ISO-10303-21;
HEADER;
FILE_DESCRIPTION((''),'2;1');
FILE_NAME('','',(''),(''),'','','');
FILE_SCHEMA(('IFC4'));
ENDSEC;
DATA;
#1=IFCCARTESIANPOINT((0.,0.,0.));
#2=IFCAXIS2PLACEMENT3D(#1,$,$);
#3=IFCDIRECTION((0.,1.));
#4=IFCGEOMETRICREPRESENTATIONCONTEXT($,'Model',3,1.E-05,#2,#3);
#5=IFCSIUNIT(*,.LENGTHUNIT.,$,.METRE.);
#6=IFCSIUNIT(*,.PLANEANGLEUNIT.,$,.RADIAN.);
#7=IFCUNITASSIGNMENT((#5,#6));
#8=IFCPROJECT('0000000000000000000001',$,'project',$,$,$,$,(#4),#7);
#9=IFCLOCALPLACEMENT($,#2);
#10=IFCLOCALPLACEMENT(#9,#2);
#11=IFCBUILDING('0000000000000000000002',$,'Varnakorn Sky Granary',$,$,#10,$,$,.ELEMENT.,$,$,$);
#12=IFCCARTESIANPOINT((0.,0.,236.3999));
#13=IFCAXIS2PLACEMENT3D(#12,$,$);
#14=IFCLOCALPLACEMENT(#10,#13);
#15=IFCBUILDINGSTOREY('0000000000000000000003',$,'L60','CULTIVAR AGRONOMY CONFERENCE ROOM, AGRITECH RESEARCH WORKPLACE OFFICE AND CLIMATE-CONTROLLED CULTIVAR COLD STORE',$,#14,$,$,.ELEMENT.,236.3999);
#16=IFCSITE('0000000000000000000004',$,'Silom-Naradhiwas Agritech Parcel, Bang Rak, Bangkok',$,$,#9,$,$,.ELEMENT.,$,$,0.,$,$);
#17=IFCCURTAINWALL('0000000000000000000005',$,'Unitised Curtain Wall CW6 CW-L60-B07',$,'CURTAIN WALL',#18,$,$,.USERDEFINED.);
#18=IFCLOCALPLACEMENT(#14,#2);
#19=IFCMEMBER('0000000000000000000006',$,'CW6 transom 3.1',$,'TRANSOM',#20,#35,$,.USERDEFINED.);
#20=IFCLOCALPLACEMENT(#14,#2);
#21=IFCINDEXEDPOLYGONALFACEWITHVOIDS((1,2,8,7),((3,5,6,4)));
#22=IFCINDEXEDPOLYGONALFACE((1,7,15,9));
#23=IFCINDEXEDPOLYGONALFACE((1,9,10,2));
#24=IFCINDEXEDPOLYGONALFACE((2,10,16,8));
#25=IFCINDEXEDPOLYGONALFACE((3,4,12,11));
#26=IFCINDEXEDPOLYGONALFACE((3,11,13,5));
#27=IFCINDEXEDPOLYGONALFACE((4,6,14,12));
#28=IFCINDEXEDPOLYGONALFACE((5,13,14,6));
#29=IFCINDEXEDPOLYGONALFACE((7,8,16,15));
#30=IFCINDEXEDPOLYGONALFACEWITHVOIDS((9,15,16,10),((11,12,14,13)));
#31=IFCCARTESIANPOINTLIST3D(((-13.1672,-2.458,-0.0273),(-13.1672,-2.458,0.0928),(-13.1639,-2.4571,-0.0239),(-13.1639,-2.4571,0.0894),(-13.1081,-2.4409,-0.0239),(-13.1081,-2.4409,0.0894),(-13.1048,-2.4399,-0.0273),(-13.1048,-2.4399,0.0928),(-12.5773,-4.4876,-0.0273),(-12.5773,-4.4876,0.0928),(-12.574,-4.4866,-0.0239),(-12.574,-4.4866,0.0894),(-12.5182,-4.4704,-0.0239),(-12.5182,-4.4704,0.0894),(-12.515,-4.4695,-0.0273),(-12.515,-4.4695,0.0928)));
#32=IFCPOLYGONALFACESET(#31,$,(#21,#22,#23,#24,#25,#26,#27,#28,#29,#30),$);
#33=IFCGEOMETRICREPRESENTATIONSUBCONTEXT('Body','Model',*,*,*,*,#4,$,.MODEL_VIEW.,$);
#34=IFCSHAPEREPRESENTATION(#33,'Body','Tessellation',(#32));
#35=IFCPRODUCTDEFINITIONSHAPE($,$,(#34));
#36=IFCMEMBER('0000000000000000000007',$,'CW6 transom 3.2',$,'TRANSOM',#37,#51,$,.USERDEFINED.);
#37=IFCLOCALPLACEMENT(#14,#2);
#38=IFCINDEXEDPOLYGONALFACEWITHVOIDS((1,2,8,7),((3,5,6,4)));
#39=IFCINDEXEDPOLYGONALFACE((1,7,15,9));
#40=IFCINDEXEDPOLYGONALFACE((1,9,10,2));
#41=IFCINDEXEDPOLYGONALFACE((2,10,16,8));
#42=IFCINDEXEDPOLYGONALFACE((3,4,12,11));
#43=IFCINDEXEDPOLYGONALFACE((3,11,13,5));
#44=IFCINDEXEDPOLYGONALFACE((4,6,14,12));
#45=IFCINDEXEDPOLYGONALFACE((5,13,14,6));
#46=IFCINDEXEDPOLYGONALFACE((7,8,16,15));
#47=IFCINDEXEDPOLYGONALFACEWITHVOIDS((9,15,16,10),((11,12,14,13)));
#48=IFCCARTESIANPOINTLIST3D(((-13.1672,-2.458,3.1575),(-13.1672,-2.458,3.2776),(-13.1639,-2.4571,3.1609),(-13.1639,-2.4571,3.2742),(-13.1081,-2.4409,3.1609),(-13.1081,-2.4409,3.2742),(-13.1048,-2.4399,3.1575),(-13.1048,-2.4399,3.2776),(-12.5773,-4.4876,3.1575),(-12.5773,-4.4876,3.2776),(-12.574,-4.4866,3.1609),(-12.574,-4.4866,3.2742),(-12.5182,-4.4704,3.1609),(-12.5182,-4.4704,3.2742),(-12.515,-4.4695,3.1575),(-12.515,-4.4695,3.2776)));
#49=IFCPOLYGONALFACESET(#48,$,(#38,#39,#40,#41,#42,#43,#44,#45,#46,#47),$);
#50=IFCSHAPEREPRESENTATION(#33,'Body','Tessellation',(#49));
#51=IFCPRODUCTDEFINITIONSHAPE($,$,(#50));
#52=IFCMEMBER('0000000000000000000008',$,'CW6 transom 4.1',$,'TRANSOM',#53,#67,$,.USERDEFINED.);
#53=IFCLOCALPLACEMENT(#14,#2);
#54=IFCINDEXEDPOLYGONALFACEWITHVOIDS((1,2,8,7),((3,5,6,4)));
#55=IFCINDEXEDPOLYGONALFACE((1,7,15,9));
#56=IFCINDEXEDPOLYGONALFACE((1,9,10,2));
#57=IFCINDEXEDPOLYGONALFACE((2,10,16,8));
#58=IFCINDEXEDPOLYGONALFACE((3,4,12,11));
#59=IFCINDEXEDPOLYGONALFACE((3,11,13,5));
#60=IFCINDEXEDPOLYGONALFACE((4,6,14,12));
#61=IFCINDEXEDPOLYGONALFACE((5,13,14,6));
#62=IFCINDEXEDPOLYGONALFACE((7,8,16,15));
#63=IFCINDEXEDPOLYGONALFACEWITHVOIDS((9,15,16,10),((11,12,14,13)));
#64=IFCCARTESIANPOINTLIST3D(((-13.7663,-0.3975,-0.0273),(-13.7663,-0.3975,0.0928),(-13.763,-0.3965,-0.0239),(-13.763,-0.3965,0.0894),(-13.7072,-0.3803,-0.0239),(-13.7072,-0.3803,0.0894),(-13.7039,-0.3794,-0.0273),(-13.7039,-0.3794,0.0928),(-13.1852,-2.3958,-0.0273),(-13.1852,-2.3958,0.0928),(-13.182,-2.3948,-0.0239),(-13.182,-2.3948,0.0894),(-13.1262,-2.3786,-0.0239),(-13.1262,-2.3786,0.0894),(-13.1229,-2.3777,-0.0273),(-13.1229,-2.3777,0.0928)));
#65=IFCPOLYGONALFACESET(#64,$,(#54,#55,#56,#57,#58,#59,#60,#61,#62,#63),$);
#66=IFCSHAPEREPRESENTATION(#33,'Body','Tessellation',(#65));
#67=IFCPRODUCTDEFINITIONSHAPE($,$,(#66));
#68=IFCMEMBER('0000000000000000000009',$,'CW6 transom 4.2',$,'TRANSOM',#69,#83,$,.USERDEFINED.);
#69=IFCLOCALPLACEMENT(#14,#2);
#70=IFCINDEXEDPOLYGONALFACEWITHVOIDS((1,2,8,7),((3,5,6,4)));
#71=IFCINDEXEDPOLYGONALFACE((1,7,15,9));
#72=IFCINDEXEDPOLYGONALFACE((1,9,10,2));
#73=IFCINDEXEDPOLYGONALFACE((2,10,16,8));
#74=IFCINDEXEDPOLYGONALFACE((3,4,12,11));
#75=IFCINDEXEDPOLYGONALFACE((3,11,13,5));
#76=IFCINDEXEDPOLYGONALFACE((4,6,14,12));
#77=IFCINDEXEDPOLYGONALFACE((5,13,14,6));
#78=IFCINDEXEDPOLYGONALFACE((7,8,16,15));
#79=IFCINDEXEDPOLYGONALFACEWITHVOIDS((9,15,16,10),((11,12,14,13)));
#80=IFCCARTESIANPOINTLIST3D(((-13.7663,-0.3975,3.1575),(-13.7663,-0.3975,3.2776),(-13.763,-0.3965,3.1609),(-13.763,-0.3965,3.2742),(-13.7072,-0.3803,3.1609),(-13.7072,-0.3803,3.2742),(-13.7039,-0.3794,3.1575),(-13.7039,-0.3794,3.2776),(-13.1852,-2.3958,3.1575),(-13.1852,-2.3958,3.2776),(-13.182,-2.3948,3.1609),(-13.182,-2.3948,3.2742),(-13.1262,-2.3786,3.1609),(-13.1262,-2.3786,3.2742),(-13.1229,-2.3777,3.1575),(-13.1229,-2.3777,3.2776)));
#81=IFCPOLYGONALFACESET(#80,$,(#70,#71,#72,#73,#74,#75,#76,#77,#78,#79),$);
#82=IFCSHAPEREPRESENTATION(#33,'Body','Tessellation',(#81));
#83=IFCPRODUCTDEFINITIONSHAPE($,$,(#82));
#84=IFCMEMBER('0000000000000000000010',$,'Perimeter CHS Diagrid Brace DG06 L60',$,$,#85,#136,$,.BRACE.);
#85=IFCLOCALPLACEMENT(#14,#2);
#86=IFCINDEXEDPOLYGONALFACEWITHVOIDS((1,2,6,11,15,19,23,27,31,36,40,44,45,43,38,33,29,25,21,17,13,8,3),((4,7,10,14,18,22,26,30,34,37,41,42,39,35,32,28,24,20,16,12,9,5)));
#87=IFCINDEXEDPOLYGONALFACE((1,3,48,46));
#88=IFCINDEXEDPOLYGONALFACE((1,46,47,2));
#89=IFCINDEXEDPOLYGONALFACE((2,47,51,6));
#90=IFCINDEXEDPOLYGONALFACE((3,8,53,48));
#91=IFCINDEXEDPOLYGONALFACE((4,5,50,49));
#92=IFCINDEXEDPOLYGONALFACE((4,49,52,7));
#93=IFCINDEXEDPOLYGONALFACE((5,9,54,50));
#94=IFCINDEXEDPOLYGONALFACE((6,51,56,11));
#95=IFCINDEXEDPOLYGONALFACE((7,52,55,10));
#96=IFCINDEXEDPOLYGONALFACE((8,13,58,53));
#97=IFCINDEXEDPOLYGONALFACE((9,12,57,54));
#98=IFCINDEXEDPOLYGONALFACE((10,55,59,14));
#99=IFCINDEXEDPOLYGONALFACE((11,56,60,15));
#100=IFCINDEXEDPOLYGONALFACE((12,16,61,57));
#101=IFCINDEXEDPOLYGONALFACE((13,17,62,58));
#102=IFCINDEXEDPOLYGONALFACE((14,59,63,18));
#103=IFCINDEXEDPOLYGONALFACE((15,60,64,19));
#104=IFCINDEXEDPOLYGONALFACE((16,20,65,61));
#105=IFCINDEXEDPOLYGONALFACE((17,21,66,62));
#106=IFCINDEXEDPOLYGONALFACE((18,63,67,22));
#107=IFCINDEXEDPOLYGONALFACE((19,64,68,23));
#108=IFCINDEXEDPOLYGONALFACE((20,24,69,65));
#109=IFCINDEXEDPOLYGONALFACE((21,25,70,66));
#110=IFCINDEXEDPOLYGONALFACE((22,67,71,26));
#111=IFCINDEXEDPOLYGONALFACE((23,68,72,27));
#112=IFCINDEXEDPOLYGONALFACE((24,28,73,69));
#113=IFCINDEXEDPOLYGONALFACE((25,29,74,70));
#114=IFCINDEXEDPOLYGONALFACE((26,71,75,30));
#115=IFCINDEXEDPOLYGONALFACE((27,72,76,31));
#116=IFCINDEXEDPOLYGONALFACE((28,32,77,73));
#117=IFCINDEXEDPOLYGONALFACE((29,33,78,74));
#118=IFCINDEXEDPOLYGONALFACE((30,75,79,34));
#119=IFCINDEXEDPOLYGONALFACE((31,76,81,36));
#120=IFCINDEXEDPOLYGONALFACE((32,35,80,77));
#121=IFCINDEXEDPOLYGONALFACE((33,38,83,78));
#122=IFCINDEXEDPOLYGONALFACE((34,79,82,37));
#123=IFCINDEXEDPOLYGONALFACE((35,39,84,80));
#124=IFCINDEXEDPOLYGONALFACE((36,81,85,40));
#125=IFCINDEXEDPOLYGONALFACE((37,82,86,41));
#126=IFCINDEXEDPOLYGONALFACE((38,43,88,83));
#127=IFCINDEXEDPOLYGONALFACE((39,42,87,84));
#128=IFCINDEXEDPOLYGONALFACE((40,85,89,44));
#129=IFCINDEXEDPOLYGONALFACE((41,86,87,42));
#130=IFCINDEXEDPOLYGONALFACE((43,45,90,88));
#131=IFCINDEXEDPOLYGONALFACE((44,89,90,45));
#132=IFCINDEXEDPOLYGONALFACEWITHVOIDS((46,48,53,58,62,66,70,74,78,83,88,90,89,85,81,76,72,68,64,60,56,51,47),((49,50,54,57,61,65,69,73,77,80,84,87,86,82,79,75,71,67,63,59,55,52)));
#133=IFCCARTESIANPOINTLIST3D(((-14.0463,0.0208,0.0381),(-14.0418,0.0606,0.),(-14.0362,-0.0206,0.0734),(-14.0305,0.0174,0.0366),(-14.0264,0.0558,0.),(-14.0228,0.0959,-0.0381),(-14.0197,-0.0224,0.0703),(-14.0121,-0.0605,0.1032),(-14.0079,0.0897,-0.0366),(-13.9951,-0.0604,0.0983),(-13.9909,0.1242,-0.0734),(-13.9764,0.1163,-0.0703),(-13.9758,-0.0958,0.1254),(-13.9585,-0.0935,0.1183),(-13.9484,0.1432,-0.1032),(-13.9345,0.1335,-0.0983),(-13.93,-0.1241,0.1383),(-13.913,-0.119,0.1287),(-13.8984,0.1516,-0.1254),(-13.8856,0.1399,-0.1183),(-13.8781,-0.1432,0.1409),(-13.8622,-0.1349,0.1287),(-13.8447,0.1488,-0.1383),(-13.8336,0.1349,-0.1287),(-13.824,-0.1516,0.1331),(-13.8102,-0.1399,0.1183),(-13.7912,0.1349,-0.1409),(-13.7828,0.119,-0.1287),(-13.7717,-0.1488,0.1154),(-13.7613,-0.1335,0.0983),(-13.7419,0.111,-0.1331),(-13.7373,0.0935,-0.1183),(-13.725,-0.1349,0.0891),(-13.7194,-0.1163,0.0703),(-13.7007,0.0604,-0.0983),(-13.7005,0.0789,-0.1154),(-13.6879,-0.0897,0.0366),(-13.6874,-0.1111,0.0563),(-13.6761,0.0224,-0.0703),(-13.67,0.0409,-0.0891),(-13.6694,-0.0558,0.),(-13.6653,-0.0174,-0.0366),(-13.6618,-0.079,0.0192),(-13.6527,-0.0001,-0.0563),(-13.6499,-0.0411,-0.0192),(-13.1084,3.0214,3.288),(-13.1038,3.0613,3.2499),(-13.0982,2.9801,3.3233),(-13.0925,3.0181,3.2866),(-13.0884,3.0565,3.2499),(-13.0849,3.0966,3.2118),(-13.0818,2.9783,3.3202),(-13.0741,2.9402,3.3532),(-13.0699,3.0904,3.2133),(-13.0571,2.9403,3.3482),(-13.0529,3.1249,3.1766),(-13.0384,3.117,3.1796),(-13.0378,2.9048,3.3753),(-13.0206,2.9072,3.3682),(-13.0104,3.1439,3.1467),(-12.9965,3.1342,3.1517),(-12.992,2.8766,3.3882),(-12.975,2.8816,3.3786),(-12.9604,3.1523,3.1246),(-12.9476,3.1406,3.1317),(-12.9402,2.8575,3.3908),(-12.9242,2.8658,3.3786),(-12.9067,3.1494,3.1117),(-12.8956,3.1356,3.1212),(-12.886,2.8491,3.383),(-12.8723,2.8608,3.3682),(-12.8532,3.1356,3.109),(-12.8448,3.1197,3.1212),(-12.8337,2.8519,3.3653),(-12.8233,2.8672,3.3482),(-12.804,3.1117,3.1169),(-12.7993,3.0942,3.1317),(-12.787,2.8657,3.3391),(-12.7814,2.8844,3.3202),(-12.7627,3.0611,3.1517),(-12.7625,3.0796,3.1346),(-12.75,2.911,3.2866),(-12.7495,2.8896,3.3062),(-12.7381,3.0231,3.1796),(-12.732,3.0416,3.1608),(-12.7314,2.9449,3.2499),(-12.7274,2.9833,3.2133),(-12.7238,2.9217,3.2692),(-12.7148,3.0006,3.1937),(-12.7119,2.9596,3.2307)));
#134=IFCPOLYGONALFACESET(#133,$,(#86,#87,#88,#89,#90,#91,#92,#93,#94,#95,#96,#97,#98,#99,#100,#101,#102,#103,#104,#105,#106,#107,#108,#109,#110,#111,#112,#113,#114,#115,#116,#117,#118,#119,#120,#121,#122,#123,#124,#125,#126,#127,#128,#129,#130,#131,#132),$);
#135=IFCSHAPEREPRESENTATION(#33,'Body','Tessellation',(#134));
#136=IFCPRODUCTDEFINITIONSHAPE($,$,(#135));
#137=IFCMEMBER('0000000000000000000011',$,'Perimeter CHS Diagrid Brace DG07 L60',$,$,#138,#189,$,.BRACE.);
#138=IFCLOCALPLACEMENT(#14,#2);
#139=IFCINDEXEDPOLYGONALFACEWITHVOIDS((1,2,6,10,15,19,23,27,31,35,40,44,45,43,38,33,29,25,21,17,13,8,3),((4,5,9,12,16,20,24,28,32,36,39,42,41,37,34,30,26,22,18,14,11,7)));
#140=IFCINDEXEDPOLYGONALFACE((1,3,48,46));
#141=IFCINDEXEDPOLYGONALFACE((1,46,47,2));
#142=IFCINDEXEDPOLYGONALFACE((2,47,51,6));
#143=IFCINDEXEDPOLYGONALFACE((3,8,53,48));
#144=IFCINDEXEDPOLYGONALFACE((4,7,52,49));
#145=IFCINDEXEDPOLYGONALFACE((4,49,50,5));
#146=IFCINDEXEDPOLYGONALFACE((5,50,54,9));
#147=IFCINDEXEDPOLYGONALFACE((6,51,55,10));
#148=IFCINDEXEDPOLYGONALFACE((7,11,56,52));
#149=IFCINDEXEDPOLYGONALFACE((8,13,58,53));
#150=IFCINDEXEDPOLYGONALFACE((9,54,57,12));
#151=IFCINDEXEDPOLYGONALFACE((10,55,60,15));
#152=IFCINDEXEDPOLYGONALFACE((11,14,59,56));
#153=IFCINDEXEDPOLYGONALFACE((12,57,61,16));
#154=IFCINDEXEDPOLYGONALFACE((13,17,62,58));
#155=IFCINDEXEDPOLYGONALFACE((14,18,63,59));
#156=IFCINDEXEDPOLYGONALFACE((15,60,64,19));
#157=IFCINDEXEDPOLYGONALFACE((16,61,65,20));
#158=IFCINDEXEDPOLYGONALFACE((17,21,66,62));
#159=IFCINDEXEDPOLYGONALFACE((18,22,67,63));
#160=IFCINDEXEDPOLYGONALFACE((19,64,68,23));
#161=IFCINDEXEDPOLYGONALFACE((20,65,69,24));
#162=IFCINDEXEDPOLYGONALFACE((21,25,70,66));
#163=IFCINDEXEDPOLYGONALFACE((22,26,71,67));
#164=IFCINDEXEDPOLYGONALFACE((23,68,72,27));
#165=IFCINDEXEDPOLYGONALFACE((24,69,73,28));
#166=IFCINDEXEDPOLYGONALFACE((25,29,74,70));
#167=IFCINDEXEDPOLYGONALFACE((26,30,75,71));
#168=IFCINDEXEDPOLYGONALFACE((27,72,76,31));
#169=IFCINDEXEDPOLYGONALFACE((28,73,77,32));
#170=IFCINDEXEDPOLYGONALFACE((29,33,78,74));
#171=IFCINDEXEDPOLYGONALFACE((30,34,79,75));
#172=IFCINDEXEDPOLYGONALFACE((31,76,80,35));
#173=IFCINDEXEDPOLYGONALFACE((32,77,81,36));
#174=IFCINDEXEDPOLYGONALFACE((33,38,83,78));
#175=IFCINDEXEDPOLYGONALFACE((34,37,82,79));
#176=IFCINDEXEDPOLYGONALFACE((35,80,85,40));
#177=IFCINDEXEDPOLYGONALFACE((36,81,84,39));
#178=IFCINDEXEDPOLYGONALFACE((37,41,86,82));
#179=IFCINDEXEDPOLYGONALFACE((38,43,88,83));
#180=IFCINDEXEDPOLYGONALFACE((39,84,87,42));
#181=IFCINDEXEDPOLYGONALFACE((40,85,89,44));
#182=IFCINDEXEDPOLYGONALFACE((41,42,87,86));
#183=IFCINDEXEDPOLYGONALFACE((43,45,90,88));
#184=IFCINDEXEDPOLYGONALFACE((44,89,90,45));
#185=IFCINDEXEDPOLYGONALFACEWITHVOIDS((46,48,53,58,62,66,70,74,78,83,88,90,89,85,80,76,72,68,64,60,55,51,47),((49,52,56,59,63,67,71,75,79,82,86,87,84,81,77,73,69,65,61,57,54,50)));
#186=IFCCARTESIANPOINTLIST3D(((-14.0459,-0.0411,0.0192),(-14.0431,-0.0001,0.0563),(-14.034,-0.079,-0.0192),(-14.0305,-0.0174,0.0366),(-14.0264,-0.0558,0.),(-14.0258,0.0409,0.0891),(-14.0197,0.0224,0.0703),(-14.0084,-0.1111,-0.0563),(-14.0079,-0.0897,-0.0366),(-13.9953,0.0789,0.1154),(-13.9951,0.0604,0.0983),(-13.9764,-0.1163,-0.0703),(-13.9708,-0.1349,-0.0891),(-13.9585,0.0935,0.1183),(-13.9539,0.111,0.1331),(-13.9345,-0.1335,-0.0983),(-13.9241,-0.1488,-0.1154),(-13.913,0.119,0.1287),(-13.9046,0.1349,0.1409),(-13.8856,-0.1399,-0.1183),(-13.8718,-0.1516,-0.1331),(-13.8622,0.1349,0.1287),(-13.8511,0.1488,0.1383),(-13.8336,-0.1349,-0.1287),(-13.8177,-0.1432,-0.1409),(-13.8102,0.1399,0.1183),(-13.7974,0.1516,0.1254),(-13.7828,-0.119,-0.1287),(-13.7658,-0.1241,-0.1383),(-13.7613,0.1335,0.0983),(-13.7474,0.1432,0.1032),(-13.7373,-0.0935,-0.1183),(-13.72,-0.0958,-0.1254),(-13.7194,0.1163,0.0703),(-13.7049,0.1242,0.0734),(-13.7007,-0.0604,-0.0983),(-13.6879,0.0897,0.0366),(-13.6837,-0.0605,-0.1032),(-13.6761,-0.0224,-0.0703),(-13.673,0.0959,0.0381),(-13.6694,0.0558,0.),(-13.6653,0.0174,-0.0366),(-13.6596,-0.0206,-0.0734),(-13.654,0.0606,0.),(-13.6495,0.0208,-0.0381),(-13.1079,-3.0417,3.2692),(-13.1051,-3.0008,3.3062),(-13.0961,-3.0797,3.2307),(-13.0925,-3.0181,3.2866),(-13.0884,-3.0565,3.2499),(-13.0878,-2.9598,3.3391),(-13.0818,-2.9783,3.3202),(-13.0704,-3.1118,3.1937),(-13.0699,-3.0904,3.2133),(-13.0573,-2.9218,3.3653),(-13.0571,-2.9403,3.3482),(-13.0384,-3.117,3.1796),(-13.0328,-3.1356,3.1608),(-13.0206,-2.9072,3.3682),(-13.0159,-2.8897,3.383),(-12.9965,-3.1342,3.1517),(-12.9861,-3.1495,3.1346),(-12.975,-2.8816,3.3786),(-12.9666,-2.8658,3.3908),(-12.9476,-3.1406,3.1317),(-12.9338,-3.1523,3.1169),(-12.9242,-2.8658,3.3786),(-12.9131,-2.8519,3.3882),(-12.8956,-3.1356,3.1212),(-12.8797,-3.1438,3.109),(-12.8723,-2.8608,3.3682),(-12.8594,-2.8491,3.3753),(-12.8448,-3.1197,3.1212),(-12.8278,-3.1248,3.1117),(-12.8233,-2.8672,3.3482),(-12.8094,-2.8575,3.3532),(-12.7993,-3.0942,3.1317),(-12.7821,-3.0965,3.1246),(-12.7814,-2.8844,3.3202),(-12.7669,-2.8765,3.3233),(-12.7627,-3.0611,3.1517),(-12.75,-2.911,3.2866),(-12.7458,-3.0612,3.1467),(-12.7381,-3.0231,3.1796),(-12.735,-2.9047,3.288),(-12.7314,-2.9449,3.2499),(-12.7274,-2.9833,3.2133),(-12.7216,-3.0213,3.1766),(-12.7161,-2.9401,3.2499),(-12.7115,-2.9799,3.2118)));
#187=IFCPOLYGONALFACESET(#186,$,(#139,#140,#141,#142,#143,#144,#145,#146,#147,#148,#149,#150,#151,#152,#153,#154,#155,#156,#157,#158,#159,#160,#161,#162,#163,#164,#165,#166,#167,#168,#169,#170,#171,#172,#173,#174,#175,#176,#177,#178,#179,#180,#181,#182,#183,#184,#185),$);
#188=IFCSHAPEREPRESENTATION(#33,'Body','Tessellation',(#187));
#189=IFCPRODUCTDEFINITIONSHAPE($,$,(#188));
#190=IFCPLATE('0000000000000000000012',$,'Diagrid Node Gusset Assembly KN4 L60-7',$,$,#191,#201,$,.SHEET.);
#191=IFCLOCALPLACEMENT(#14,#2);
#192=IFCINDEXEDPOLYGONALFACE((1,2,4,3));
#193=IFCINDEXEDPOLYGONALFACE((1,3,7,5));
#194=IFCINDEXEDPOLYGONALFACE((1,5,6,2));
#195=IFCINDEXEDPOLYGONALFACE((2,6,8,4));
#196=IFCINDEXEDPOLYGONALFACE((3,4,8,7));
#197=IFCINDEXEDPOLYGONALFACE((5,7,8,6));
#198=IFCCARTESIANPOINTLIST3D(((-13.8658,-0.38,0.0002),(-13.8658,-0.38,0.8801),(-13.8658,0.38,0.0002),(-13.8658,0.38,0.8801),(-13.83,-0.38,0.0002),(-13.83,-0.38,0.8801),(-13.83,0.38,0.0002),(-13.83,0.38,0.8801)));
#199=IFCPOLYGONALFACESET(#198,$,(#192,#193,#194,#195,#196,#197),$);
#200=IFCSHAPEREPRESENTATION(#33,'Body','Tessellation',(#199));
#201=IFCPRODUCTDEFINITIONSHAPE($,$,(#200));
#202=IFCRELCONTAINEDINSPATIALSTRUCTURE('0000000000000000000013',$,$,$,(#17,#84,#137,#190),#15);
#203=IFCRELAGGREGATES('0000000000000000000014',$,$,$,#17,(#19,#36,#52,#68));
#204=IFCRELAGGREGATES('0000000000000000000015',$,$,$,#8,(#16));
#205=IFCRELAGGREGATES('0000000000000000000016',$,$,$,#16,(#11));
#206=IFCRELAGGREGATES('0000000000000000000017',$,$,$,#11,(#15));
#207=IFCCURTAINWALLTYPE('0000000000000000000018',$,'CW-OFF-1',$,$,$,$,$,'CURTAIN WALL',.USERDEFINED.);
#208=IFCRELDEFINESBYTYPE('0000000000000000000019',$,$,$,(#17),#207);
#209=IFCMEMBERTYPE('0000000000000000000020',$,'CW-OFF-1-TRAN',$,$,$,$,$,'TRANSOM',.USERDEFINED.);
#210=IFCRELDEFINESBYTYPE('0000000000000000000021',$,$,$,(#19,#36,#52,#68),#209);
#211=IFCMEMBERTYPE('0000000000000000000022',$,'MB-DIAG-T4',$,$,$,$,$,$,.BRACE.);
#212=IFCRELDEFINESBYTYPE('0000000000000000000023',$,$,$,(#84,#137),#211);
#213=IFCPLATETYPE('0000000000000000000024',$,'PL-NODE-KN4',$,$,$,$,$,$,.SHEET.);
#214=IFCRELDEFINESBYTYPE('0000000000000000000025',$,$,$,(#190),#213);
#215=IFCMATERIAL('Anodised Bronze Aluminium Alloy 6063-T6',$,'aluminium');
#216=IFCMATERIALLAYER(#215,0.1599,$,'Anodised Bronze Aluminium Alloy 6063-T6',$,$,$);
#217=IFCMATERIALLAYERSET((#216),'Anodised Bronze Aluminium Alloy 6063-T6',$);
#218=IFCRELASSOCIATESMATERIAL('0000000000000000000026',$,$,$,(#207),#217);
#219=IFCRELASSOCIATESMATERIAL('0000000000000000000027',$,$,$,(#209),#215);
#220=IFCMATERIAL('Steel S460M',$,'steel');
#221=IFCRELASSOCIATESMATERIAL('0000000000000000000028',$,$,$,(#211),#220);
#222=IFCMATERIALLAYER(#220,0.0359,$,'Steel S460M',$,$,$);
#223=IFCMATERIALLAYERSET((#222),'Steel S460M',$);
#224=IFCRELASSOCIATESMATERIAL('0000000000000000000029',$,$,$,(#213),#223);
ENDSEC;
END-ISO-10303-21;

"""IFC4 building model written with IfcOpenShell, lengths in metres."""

from ifc_helpers import new_model, si_unit, direction, frame, origin, origin_2d, place, context, subcontext, project, spatial, rectangle, hollow_rectangle, hollow_circle, extrude, material, layer, layer_set, material_profile, profile_set, type_object, element, aggregate, save


model = new_model("IFC4")

# Units and contexts
model_context = context("Model", 3, precision=1e-05, world=origin(), true_north=direction((0.0, 1.0)))
body_context = subcontext(model_context, "Body", "Model", "MODEL_VIEW")
ifc_project = project(units=[si_unit("LENGTHUNIT", "METRE"), si_unit("PLANEANGLEUNIT", "RADIAN")], contexts=[model_context])

# Site, building, storey
site_placement = place(None, origin())
site = spatial("IfcSite", under=ifc_project, at=site_placement, Name="Silom-Naradhiwas Agritech Parcel, Bang Rak, Bangkok", CompositionType="ELEMENT", RefElevation=0.0)
building_placement = place(site_placement, origin())
building = spatial("IfcBuilding", under=site, at=building_placement, Name="Varnakorn Sky Granary", CompositionType="ELEMENT")
storey_placement = place(building_placement, frame((0.0, 0.0, 236.3999)))
storey = spatial("IfcBuildingStorey", under=building, at=storey_placement, Name="L60", Description="CULTIVAR AGRONOMY CONFERENCE ROOM, AGRITECH RESEARCH WORKPLACE OFFICE AND CLIMATE-CONTROLLED CULTIVAR COLD STORE", CompositionType="ELEMENT", Elevation=236.3999)

# Shared definitions
ifc_material_1 = material(Name="Steel S460M", Category="steel")

# Curtain wall, members
ifc_material_2 = material(Name="Anodised Bronze Aluminium Alloy 6063-T6", Category="aluminium")
ifc_layer_1 = layer(ifc_material_2, 0.1599, Name="Anodised Bronze Aluminium Alloy 6063-T6")
ifc_layer_set_1 = layer_set([ifc_layer_1], Name="Anodised Bronze Aluminium Alloy 6063-T6")
curtain_wall_type = type_object("IfcCurtainWallType", Name="CW-OFF-1", ElementType="CURTAIN WALL", PredefinedType="USERDEFINED", material=ifc_layer_set_1)
curtain_wall_placement = place(storey_placement, origin())
curtain_wall = element("IfcCurtainWall", 1, at=curtain_wall_placement, inside=storey, type_object=curtain_wall_type, Name="Unitised Curtain Wall CW6 CW-L60-B07", ObjectType="CURTAIN WALL", PredefinedType="USERDEFINED")
ifc_material_profile_1 = material_profile(ifc_material_2, hollow_rectangle(XDim=0.0649, YDim=0.1201, WallThickness=0.0034, at=origin_2d()), Name="ALU TRAN 65x120")
ifc_profile_set_1 = profile_set([ifc_material_profile_1], Name="Anodised Bronze Aluminium Alloy 6063-T6")
member_type_1 = type_object("IfcMemberType", Name="CW-OFF-1-TRAN", ElementType="TRANSOM", PredefinedType="USERDEFINED", material=ifc_profile_set_1)
member_1_placement = place(storey_placement, frame((-12.5461, -4.4785, 0.0327), z_axis=(-0.279082, 0.960267, 0.0), x_axis=(-0.960267, -0.279082, 0.0)))
member_1 = element("IfcMember", 2, at=member_1_placement, type_object=member_type_1, Name="CW6 transom 3.1", ObjectType="TRANSOM", PredefinedType="USERDEFINED", context=body_context, shape_type="SweptSolid", body=[
    extrude(hollow_rectangle(XDim=0.0649, YDim=0.1201, WallThickness=0.0034, at=origin_2d()), origin(), (0.0, 0.0, 1.0), 2.1135),
])
member_2_placement = place(storey_placement, frame((-12.5461, -4.4785, 3.2175), z_axis=(-0.279082, 0.960267, 0.0), x_axis=(-0.960267, -0.279082, 0.0)))
member_2 = element("IfcMember", 3, at=member_2_placement, type_object=member_type_1, Name="CW6 transom 3.2", ObjectType="TRANSOM", PredefinedType="USERDEFINED", context=body_context, shape_type="SweptSolid", body=[
    extrude(hollow_rectangle(XDim=0.0649, YDim=0.1201, WallThickness=0.0034, at=origin_2d()), origin(), (0.0, 0.0, 1.0), 2.1135),
])
member_3_placement = place(storey_placement, frame((-13.1541, -2.3867, 0.0327), z_axis=(-0.279212, 0.96023, 0.0), x_axis=(-0.96023, -0.279212, 0.0)))
member_3 = element("IfcMember", 4, at=member_3_placement, type_object=member_type_1, Name="CW6 transom 4.1", ObjectType="TRANSOM", PredefinedType="USERDEFINED", context=body_context, shape_type="SweptSolid", body=[
    extrude(hollow_rectangle(XDim=0.0649, YDim=0.1201, WallThickness=0.0034, at=origin_2d()), origin(), (0.0, 0.0, 1.0), 2.0811),
])
member_4_placement = place(storey_placement, frame((-13.1541, -2.3867, 3.2175), z_axis=(-0.279212, 0.96023, 0.0), x_axis=(-0.96023, -0.279212, 0.0)))
member_4 = element("IfcMember", 5, at=member_4_placement, type_object=member_type_1, Name="CW6 transom 4.2", ObjectType="TRANSOM", PredefinedType="USERDEFINED", context=body_context, shape_type="SweptSolid", body=[
    extrude(hollow_rectangle(XDim=0.0649, YDim=0.1201, WallThickness=0.0034, at=origin_2d()), origin(), (0.0, 0.0, 1.0), 2.0811),
])

# Members
ifc_material_profile_2 = material_profile(ifc_material_1, hollow_circle(Radius=0.2031, WallThickness=0.0161, at=origin_2d()), Name="CHS 406.4x16")
ifc_profile_set_2 = profile_set([ifc_material_profile_2], Name="Steel S460M")
member_type_2 = type_object("IfcMemberType", Name="MB-DIAG-T4", PredefinedType="BRACE", material=ifc_profile_set_2)
for number, where, z_axis, x_axis, name in (
    (6, (-13.8479, 0.0, 0.0), (0.207437, 0.663614, 0.71874), (-0.954456, 0.29835, 0.0), "Perimeter CHS Diagrid Brace DG06 L60"),
    (7, (-13.8479, 0.0, 0.0), (0.207437, -0.663614, 0.71874), (0.954456, 0.29835, 0.0), "Perimeter CHS Diagrid Brace DG07 L60"),
):
    element("IfcMember", number, at=place(storey_placement, frame(where, z_axis=z_axis, x_axis=x_axis)), inside=storey, type_object=member_type_2, Name=name, PredefinedType="BRACE", context=body_context, shape_type="SweptSolid", body=[
        extrude(hollow_circle(Radius=0.2031, WallThickness=0.0161, at=origin_2d()), origin(), (0.0, 0.0, 1.0), 4.5217),
    ])

# Plate
ifc_layer_2 = layer(ifc_material_1, 0.0359, Name="Steel S460M")
ifc_layer_set_2 = layer_set([ifc_layer_2], Name="Steel S460M")
plate_type_1 = type_object("IfcPlateType", Name="PL-NODE-KN4", PredefinedType="SHEET", material=ifc_layer_set_2)
plate_1_placement = place(storey_placement, frame((-13.8479, 0.0, 0.0002), z_axis=(0.0, 0.0, 1.0), x_axis=(0.0, -1.0, 0.0)))
element("IfcPlate", 8, at=plate_1_placement, inside=storey, type_object=plate_type_1, Name="Diagrid Node Gusset Assembly KN4 L60-7", PredefinedType="SHEET", context=body_context, shape_type="SweptSolid", body=[
    extrude(rectangle(XDim=0.76, YDim=0.0359, at=origin_2d()), origin(), (0.0, 0.0, 1.0), 0.8799),
])
aggregate(curtain_wall, [member_1, member_2, member_3, member_4])

save(model, "model.ifc")
